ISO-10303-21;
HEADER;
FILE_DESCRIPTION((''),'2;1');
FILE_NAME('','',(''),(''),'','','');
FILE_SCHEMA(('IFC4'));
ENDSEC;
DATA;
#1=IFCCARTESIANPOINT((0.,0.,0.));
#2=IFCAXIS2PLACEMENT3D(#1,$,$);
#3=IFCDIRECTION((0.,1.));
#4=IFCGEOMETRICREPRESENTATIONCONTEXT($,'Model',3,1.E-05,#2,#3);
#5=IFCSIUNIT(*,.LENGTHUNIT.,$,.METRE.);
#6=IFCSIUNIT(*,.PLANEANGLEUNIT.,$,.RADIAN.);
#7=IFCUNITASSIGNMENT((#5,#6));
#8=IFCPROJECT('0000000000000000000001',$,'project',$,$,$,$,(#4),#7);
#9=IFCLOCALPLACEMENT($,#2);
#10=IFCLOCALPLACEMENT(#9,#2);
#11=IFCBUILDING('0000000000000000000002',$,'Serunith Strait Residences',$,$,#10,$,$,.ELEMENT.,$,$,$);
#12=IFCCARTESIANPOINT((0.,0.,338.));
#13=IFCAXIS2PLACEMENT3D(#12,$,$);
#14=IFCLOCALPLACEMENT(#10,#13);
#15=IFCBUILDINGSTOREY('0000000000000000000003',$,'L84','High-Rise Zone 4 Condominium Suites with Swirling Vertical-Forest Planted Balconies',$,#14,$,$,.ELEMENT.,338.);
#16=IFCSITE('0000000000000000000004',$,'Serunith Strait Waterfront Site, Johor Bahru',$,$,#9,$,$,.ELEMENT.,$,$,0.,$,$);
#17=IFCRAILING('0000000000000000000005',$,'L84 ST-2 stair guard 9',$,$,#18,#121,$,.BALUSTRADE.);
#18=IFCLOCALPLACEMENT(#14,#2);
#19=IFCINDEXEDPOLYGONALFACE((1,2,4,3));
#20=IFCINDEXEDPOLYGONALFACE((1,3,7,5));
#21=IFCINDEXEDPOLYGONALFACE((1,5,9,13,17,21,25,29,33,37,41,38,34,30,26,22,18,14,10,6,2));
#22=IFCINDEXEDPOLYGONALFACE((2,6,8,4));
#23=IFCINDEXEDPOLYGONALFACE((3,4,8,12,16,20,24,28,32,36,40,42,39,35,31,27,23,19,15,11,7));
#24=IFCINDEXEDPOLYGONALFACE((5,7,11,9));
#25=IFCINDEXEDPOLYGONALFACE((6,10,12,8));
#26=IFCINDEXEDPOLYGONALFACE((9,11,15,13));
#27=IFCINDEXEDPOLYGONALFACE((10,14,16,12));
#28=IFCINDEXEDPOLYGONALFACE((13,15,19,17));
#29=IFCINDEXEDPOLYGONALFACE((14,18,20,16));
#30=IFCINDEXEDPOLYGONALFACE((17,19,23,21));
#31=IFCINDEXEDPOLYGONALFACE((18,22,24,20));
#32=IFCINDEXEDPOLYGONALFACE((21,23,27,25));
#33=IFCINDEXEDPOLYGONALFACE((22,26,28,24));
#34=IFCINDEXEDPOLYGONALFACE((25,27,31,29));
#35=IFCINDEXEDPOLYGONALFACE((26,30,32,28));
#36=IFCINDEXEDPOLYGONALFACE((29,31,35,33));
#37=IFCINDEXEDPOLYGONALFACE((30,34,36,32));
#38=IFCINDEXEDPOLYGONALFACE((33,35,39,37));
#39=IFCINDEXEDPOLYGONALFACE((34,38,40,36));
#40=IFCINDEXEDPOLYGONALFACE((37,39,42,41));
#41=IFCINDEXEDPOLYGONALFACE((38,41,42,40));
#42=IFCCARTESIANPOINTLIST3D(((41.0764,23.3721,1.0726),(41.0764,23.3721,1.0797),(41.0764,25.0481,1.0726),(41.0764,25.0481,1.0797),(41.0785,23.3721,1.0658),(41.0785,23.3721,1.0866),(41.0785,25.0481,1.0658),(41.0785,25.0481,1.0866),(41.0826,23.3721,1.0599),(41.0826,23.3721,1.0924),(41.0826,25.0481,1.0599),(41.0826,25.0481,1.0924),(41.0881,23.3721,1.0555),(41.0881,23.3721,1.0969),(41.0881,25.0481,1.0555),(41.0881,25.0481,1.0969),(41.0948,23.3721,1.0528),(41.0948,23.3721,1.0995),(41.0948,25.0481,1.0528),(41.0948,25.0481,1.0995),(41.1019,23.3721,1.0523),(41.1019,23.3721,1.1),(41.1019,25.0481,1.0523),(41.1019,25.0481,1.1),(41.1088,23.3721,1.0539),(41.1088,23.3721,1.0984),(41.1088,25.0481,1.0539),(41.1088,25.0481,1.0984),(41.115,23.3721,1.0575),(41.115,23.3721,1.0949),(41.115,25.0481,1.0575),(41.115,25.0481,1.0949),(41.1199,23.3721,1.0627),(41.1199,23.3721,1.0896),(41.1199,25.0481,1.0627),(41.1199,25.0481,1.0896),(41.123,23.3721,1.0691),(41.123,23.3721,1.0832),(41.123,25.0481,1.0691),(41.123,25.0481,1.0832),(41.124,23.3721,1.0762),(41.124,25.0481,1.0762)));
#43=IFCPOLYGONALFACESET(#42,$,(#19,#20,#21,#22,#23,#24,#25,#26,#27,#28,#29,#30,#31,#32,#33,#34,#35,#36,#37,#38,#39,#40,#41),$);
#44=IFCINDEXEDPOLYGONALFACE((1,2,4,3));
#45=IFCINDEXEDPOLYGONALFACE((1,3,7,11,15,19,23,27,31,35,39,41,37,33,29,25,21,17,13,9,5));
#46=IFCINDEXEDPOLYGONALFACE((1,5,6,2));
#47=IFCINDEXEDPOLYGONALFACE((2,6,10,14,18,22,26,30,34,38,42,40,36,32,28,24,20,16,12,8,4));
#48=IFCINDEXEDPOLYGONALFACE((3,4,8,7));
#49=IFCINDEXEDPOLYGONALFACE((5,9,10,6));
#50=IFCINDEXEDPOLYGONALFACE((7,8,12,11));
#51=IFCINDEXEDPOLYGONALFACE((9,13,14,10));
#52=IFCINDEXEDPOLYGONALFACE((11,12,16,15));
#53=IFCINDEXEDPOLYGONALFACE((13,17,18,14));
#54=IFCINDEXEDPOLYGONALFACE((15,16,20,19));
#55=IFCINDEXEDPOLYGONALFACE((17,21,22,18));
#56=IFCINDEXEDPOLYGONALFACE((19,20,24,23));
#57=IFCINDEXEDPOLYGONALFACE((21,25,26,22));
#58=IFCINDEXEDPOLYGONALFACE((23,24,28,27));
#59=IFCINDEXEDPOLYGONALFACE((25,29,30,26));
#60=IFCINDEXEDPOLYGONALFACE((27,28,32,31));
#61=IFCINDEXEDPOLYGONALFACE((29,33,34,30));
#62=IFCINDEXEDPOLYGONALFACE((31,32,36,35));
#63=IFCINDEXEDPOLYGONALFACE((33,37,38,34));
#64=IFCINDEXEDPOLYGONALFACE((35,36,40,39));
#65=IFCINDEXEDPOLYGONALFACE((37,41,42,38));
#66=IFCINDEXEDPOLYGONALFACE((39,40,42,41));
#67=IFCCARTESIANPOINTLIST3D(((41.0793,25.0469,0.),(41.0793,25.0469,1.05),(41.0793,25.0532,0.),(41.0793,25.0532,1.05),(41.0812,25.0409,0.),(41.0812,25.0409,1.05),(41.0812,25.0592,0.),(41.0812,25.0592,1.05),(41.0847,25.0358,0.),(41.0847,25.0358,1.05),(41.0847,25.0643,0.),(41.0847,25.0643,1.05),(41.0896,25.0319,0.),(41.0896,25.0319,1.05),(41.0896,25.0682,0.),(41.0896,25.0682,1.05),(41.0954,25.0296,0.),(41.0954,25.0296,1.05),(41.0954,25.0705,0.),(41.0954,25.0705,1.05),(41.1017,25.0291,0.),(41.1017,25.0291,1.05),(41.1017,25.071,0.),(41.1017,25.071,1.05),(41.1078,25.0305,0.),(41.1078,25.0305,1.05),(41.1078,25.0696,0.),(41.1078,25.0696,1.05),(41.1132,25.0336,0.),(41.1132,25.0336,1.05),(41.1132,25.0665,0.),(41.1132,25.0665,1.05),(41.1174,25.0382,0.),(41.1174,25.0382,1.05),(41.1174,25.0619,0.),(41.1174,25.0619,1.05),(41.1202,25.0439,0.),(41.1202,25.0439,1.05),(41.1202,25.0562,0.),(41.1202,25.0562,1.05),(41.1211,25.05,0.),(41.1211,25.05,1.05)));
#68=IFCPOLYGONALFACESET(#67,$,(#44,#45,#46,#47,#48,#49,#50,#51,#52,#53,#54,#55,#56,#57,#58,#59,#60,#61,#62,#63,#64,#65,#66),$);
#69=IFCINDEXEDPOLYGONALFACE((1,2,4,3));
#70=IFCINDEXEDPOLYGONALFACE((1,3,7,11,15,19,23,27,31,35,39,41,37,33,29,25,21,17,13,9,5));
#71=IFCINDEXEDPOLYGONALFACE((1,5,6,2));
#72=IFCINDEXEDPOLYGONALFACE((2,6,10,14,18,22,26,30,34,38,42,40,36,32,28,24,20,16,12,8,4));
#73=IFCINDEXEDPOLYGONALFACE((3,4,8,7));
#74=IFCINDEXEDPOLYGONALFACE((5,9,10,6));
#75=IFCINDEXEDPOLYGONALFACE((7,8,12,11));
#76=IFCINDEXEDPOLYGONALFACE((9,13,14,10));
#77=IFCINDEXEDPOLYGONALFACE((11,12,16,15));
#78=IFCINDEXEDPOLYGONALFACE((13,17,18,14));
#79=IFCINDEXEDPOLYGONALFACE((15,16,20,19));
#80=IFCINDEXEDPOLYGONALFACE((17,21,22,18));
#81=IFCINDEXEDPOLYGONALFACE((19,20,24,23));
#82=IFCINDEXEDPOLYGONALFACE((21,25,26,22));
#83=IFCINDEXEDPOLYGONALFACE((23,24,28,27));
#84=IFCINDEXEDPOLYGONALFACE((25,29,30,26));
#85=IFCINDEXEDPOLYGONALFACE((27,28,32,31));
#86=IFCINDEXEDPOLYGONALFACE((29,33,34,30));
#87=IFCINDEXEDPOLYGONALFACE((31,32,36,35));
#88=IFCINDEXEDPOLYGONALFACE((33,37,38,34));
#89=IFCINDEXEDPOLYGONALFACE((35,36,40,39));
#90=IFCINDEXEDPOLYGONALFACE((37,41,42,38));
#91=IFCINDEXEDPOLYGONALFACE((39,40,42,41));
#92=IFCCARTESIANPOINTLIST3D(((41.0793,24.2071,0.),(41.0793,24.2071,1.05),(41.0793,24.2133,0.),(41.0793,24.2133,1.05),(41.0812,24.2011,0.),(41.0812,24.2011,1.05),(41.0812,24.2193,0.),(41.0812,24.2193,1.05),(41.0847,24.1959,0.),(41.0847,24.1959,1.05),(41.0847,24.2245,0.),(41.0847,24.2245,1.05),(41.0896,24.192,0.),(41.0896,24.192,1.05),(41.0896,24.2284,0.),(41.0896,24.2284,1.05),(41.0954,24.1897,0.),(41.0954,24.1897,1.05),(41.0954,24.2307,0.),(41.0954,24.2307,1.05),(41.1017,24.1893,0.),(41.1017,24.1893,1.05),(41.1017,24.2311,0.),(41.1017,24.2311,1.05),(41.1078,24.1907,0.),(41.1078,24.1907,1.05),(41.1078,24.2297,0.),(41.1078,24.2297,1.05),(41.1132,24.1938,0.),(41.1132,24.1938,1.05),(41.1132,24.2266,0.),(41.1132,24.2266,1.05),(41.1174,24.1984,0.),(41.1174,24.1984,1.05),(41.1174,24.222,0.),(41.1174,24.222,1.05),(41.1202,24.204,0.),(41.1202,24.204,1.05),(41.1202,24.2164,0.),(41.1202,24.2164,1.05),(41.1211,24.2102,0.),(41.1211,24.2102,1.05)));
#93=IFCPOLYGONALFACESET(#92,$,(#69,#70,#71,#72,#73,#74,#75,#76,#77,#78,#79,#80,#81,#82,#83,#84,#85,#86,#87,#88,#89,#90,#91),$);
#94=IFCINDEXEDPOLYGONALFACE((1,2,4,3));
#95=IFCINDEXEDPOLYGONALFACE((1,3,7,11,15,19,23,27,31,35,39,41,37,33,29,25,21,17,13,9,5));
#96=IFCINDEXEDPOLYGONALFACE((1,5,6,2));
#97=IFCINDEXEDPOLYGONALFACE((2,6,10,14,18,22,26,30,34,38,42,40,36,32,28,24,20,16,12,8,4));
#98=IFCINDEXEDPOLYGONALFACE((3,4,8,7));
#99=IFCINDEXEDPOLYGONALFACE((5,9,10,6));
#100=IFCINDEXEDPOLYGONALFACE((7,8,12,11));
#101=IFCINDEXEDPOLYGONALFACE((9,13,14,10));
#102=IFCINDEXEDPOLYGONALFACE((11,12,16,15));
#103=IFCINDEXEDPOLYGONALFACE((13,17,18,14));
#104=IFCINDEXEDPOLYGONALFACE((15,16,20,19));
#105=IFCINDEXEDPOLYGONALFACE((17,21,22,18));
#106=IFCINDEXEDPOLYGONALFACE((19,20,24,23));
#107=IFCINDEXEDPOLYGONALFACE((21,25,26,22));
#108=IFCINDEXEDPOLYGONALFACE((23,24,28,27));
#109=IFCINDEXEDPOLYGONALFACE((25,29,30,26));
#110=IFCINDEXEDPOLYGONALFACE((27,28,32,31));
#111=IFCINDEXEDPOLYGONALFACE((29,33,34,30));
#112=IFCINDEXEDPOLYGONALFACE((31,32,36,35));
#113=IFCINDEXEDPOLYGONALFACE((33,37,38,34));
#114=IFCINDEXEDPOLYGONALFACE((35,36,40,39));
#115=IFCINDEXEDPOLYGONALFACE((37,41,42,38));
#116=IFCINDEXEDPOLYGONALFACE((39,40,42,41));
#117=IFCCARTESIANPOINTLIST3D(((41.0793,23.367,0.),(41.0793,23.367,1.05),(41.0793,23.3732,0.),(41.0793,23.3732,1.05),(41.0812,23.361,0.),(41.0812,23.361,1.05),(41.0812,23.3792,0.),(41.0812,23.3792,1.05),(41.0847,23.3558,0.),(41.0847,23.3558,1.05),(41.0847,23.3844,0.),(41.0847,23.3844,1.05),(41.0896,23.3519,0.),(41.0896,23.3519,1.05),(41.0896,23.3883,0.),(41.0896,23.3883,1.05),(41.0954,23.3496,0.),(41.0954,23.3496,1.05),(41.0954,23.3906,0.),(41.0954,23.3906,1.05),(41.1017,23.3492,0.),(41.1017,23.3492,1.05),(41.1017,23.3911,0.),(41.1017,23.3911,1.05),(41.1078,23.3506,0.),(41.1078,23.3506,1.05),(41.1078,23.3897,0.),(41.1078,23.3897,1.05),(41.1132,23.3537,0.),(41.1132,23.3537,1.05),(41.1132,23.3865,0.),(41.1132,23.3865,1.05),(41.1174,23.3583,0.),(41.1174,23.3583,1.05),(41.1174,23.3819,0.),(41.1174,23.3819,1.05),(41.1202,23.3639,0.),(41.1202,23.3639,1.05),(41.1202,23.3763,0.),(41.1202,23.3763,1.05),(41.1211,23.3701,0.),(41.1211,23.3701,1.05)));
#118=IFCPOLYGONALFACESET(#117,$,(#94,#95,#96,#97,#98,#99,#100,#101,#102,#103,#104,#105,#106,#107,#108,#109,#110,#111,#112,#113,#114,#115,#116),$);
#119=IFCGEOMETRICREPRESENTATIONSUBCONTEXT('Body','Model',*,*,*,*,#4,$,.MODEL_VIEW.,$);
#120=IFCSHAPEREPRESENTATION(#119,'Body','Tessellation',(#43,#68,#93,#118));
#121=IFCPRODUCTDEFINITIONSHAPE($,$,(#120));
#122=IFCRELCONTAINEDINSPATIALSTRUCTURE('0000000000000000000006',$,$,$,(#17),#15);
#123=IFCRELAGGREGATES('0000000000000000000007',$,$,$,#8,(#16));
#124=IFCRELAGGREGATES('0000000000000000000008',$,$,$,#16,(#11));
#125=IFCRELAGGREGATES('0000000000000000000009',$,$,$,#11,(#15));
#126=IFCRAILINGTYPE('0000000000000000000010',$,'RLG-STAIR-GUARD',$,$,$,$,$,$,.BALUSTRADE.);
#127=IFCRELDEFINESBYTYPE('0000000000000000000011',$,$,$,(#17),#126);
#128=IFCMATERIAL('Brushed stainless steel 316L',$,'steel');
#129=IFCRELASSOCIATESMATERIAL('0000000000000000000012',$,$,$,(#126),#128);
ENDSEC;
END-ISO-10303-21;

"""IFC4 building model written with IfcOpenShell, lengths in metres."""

from ifc_helpers import new_model, si_unit, direction, frame, origin, origin_2d, place, context, subcontext, project, spatial, circle, extrude, material, type_object, element, save


model = new_model("IFC4")

# Units and contexts
model_context = context("Model", 3, precision=1e-05, world=origin(), true_north=direction((0.0, 1.0)))
body_context = subcontext(model_context, "Body", "Model", "MODEL_VIEW")
ifc_project = project(units=[si_unit("LENGTHUNIT", "METRE"), si_unit("PLANEANGLEUNIT", "RADIAN")], contexts=[model_context])

# Site, building, storey
site_placement = place(None, origin())
site = spatial("IfcSite", under=ifc_project, at=site_placement, Name="Serunith Strait Waterfront Site, Johor Bahru", CompositionType="ELEMENT", RefElevation=0.0)
building_placement = place(site_placement, origin())
building = spatial("IfcBuilding", under=site, at=building_placement, Name="Serunith Strait Residences", CompositionType="ELEMENT")
storey_placement = place(building_placement, frame((0.0, 0.0, 338.0)))
storey = spatial("IfcBuildingStorey", under=building, at=storey_placement, Name="L84", Description="High-Rise Zone 4 Condominium Suites with Swirling Vertical-Forest Planted Balconies", CompositionType="ELEMENT", Elevation=338.0)

# Railing
ifc_material_1 = material(Name="Brushed stainless steel 316L", Category="steel")
railing_type = type_object("IfcRailingType", Name="RLG-STAIR-GUARD", PredefinedType="BALUSTRADE", material=ifc_material_1)
for number, where, name in (
    (1, (41.1001, 25.05, 0.0), "L84 ST-2 stair guard 9"),
):
    element("IfcRailing", number, at=place(storey_placement, frame(where)), inside=storey, type_object=railing_type, Name=name, PredefinedType="BALUSTRADE", context=body_context, shape_type="SweptSolid", body=[
        extrude(circle(Radius=0.0239, at=origin_2d()), frame((0.0, -0.002, 1.0762), z_axis=(0.0, -1.0, 0.0), x_axis=(1.0, 0.0, 0.0)), (0.0, 0.0, 1.0), 1.676),
        extrude(circle(Radius=0.021, at=origin_2d()), origin(), (0.0, 0.0, 1.0), 1.05),
        extrude(circle(Radius=0.021, at=origin_2d()), frame((0.0, -0.8398, 0.0)), (0.0, 0.0, 1.0), 1.05),
        extrude(circle(Radius=0.021, at=origin_2d()), frame((0.0, -1.6799, 0.0)), (0.0, 0.0, 1.0), 1.05),
    ])

save(model, "model.ifc")
